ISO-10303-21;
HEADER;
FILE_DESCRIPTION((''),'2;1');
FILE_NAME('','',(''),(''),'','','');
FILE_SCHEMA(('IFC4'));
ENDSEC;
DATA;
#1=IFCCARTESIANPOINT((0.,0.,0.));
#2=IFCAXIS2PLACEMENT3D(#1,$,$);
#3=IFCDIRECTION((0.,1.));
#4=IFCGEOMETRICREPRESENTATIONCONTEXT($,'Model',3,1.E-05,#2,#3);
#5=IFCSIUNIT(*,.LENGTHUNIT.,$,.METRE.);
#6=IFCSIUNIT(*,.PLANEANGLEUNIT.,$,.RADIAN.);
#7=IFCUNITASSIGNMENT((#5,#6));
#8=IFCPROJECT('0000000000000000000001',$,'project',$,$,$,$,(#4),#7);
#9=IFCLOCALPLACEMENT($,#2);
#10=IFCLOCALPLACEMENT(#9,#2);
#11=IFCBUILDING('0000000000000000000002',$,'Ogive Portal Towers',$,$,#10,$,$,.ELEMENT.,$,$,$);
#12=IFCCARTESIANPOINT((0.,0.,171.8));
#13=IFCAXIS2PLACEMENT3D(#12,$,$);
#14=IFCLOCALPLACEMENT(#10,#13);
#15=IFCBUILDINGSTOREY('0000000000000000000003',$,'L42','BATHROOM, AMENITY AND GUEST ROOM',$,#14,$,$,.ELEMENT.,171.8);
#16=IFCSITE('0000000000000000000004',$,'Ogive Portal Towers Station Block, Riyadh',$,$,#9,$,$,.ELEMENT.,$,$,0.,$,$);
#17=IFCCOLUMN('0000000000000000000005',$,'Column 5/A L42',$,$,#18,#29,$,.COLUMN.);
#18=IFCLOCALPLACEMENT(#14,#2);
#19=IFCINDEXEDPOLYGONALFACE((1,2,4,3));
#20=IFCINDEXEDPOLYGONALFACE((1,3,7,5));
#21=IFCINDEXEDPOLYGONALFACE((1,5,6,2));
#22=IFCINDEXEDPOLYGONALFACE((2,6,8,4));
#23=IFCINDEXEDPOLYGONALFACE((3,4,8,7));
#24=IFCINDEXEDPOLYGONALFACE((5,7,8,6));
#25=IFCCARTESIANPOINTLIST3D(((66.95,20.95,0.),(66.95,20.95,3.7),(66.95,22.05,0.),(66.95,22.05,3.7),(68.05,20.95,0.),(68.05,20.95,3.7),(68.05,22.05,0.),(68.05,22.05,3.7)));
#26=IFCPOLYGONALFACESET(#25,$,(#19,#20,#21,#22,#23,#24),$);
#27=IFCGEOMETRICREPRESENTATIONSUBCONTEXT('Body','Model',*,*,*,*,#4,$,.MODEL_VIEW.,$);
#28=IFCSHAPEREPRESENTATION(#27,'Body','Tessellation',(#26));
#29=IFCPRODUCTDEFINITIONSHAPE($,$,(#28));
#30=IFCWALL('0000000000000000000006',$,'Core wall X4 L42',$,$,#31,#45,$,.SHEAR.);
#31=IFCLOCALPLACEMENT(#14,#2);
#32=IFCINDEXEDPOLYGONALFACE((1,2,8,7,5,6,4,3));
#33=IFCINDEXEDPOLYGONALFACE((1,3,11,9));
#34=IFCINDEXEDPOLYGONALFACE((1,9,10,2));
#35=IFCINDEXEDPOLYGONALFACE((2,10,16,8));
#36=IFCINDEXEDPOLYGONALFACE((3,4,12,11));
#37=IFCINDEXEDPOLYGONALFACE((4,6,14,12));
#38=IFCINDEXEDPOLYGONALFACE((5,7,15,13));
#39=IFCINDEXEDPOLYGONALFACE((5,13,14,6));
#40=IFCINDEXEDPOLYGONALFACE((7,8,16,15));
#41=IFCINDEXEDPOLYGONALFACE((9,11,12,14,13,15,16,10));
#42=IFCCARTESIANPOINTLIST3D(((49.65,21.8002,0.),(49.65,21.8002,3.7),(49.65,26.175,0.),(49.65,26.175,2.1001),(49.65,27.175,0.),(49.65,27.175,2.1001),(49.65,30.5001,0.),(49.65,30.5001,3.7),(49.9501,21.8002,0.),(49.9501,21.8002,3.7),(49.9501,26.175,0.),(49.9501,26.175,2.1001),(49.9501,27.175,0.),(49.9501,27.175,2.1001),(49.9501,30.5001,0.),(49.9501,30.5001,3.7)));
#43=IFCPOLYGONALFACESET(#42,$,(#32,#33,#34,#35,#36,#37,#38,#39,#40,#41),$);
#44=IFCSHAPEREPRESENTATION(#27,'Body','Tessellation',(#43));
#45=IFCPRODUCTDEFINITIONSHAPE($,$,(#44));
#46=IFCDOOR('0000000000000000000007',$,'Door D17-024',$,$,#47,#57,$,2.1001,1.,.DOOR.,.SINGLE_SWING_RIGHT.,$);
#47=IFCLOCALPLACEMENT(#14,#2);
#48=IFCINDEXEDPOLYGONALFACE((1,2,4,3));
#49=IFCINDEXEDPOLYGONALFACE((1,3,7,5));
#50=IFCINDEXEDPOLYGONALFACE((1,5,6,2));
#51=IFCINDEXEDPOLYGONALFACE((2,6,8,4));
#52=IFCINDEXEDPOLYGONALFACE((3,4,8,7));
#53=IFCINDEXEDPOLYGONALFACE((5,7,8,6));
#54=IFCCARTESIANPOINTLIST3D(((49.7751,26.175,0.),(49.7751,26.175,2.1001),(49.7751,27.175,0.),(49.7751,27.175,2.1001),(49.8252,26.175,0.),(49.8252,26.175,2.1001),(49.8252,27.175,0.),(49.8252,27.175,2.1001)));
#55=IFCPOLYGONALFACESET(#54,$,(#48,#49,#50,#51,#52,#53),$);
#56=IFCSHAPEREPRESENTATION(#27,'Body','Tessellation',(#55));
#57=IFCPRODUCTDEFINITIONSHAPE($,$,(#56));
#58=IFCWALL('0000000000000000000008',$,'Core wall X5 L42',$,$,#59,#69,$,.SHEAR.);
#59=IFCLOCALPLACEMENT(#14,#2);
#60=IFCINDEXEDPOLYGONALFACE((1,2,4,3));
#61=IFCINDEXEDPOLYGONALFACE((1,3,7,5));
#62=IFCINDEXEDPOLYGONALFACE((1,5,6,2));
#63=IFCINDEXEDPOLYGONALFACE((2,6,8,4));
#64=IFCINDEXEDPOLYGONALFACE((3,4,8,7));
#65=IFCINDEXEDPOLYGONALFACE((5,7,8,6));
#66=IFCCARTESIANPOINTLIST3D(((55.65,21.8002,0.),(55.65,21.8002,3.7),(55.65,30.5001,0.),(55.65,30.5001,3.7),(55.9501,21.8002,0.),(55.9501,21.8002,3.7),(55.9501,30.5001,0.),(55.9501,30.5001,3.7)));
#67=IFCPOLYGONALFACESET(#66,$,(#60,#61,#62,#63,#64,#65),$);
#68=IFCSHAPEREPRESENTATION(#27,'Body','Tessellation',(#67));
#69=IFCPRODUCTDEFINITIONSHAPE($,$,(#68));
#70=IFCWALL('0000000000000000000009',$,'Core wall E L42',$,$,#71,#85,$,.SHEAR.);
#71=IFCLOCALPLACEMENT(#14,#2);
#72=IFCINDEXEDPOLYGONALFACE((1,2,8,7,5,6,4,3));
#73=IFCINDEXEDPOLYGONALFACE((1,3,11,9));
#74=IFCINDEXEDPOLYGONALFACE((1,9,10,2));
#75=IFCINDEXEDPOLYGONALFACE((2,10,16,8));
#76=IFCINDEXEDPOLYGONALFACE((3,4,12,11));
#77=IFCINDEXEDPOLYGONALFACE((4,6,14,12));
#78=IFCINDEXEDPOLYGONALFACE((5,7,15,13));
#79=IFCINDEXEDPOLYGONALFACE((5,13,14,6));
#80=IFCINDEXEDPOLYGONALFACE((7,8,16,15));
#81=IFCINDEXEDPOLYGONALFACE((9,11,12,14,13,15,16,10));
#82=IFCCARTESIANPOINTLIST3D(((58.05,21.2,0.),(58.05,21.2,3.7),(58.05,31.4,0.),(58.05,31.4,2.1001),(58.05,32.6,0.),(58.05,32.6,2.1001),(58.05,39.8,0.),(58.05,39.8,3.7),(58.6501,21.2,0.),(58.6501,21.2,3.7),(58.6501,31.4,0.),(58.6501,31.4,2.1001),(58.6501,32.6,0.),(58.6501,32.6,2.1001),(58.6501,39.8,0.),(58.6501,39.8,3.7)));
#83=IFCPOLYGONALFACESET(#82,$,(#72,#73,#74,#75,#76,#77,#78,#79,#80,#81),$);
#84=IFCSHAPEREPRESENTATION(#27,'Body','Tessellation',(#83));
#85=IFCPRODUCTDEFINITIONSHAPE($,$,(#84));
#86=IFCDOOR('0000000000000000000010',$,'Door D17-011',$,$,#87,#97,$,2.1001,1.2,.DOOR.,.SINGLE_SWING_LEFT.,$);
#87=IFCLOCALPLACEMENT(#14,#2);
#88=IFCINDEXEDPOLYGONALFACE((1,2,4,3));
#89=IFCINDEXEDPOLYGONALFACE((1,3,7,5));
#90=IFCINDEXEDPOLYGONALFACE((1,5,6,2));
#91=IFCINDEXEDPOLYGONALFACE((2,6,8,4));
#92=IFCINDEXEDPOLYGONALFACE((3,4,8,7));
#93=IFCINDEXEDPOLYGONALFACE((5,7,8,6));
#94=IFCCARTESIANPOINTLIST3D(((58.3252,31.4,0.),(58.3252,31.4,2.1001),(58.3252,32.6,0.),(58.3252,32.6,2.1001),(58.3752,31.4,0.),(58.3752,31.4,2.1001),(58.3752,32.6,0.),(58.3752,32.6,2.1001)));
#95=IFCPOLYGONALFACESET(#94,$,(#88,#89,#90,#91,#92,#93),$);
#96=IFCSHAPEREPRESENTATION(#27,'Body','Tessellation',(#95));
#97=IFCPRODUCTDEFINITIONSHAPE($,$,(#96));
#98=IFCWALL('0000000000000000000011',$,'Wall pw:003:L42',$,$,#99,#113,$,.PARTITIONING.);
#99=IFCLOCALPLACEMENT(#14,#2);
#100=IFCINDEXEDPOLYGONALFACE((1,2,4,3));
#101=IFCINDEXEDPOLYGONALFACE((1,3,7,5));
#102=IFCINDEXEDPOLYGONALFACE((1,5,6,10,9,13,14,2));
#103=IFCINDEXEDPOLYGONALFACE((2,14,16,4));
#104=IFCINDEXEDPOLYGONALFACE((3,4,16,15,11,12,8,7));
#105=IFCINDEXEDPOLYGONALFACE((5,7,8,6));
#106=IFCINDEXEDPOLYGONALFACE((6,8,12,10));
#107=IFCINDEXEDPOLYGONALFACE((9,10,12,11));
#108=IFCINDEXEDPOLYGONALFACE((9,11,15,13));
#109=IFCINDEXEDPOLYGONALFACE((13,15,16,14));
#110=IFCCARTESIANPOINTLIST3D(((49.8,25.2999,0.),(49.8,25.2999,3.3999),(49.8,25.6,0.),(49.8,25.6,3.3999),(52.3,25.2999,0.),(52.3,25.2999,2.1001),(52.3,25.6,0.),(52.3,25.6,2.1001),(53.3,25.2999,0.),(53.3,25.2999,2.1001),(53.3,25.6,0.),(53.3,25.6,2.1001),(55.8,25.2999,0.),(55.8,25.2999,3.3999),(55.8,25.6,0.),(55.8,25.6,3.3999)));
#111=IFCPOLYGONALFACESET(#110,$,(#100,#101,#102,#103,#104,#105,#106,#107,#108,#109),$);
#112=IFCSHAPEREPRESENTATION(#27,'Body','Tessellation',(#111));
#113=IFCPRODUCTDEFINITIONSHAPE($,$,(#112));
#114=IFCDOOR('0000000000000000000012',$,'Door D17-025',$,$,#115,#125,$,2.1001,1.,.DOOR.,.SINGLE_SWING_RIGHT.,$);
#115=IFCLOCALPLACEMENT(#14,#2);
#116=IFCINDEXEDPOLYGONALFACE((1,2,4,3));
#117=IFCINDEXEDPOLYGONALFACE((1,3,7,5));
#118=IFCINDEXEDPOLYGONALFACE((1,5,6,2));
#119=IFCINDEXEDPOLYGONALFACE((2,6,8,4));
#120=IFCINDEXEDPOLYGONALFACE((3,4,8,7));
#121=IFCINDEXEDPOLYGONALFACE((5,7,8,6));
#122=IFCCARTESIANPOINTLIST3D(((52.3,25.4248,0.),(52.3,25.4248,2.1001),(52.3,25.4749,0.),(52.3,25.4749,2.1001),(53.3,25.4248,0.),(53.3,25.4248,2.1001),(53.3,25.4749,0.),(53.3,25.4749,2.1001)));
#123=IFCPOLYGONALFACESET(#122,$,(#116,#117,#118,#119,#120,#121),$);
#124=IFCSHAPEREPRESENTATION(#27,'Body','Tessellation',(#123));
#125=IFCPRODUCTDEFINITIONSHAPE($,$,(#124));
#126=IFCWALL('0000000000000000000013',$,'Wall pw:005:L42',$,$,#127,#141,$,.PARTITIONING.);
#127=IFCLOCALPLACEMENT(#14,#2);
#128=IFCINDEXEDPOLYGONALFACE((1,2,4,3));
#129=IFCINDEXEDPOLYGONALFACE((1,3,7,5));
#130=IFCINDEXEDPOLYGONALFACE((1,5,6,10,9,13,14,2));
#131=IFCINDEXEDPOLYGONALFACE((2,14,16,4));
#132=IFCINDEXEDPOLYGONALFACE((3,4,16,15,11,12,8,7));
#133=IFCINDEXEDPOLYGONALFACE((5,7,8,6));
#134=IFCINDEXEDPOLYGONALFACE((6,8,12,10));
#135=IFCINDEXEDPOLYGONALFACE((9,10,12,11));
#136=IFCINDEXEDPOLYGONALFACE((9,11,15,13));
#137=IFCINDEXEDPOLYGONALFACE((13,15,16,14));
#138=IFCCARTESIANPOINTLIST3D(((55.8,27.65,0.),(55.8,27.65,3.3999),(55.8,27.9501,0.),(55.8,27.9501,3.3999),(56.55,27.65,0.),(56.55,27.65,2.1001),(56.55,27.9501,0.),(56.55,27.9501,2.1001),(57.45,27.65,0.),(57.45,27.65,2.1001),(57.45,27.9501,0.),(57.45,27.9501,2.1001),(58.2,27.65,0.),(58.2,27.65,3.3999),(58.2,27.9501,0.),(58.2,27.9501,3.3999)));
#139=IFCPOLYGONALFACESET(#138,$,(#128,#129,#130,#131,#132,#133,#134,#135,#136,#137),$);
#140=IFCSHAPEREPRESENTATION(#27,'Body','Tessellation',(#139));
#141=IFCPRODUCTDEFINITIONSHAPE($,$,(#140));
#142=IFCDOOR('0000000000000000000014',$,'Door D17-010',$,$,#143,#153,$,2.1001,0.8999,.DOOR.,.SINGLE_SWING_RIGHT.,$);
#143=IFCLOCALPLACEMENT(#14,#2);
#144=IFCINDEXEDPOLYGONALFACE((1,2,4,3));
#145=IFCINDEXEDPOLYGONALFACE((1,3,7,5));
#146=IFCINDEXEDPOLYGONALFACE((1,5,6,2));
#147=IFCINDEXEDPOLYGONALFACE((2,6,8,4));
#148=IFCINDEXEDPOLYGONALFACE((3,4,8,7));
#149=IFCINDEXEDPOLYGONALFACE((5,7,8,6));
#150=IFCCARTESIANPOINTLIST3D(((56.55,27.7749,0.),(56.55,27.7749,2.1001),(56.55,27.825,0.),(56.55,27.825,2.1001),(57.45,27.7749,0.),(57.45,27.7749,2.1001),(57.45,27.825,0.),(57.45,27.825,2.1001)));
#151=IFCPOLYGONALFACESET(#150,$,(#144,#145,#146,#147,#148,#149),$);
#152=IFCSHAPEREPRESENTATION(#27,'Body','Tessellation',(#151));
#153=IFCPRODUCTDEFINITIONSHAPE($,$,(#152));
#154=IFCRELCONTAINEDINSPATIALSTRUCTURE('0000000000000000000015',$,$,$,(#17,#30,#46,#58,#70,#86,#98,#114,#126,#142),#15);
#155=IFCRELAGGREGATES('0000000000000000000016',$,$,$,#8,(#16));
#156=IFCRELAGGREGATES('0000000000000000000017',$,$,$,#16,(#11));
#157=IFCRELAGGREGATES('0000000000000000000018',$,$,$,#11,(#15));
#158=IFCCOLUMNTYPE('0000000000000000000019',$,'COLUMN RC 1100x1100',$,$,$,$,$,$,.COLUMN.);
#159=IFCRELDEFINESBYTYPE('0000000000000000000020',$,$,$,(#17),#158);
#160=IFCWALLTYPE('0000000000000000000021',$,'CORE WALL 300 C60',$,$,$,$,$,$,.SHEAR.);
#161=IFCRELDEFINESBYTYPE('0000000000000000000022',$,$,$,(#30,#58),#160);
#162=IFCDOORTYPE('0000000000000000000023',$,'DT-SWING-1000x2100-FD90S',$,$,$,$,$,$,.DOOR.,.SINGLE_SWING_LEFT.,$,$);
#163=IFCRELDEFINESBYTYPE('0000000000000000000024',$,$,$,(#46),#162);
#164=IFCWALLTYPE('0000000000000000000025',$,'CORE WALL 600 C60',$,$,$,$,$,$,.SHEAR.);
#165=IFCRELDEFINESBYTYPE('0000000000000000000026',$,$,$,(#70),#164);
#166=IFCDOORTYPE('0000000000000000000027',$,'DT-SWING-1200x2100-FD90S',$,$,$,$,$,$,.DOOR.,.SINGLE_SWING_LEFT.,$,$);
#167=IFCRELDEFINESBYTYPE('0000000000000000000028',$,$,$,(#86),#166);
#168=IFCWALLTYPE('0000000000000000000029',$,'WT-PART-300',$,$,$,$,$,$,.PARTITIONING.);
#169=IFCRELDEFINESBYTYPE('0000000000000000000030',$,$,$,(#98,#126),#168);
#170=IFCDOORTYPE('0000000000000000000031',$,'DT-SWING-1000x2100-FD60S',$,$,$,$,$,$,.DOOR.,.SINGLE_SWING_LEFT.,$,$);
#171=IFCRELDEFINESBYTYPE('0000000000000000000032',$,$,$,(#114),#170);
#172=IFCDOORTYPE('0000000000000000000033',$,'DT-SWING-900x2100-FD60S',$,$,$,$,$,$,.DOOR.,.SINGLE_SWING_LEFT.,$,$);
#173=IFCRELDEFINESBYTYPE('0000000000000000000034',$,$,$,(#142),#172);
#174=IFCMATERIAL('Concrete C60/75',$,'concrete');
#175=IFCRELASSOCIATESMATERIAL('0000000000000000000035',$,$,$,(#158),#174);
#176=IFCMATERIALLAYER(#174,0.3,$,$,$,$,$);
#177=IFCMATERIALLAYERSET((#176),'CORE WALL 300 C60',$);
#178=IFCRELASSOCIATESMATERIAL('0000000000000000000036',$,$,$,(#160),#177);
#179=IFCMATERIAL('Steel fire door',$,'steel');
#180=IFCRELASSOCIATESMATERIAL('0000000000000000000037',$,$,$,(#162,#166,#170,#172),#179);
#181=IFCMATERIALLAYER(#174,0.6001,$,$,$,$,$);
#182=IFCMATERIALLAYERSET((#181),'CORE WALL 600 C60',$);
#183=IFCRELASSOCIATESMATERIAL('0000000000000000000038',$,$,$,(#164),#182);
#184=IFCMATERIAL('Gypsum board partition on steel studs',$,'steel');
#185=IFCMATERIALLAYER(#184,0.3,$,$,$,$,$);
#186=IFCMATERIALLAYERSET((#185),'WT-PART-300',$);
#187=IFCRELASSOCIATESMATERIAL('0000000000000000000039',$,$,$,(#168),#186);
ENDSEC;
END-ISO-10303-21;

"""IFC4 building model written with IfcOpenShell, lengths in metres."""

from ifc_helpers import new_model, si_unit, direction, frame, frame_2d, origin, origin_2d, place, context, subcontext, project, spatial, rectangle, extrude, material, layer, layer_set, material_profile, profile_set, type_object, element, fill, save


model = new_model("IFC4")

# Units and contexts
model_context = context("Model", 3, precision=1e-05, world=origin(), true_north=direction((0.0, 1.0)))
body_context = subcontext(model_context, "Body", "Model", "MODEL_VIEW")
ifc_project = project(units=[si_unit("LENGTHUNIT", "METRE"), si_unit("PLANEANGLEUNIT", "RADIAN")], contexts=[model_context])

# Site, building, storey
site_placement = place(None, origin())
site = spatial("IfcSite", under=ifc_project, at=site_placement, Name="Ogive Portal Towers Station Block, Riyadh", CompositionType="ELEMENT", RefElevation=0.0)
building_placement = place(site_placement, origin())
building = spatial("IfcBuilding", under=site, at=building_placement, Name="Ogive Portal Towers", CompositionType="ELEMENT")
storey_placement = place(building_placement, frame((0.0, 0.0, 171.8)))
storey = spatial("IfcBuildingStorey", under=building, at=storey_placement, Name="L42", Description="BATHROOM, AMENITY AND GUEST ROOM", CompositionType="ELEMENT", Elevation=171.8)

# Column
ifc_material_1 = material(Name="Concrete C60/75", Category="concrete")
ifc_material_profile = material_profile(ifc_material_1, rectangle(XDim=1.1001, YDim=1.1001, at=origin_2d()), Name="RC 1100x1100")
ifc_profile_set = profile_set([ifc_material_profile], Name="Concrete C60/75")
column_type = type_object("IfcColumnType", Name="COLUMN RC 1100x1100", PredefinedType="COLUMN", material=ifc_profile_set)
column_placement = place(storey_placement, frame((67.5, 21.5, 0.0), z_axis=(0.0, 0.0, 1.0), x_axis=(1.0, 0.0, 0.0)))
element("IfcColumn", 1, at=column_placement, inside=storey, type_object=column_type, Name="Column 5/A L42", PredefinedType="COLUMN", context=body_context, shape_type="SweptSolid", body=[
    extrude(rectangle(XDim=1.1001, YDim=1.1001, at=origin_2d()), origin(), (0.0, 0.0, 1.0), 3.7),
])

# Wall, opening, door
ifc_layer_1 = layer(ifc_material_1, 0.3)
ifc_layer_set_1 = layer_set([ifc_layer_1], Name="CORE WALL 300 C60")
wall_type_1 = type_object("IfcWallType", Name="CORE WALL 300 C60", PredefinedType="SHEAR", material=ifc_layer_set_1)
wall_1_placement = place(storey_placement, frame((49.8, 21.8, 0.0), z_axis=(0.0, 0.0, 1.0), x_axis=(0.0, 1.0, 0.0)))
wall_1 = element("IfcWall", 2, at=wall_1_placement, inside=storey, type_object=wall_type_1, Name="Core wall X4 L42", PredefinedType="SHEAR", context=body_context, shape_type="SweptSolid", body=[
    extrude(rectangle(XDim=8.7, YDim=0.3, at=frame_2d((4.3501, 0.0))), origin(), (0.0, 0.0, 1.0), 3.7),
])
opening_1_placement = place(wall_1_placement, frame((4.375, 0.0, 0.0)))
opening_1 = element("IfcOpeningElement", 3, at=opening_1_placement, cuts=wall_1, PredefinedType="OPENING", context=body_context, shape_type="SweptSolid", body=[
    extrude(rectangle(XDim=1.0, YDim=2.1001, at=frame_2d((0.5, 1.05))), frame((0.0, 0.1602, 0.0), z_axis=(0.0, -1.0, 0.0), x_axis=(1.0, 0.0, 0.0)), (0.0, 0.0, 1.0), 0.3201),
])
ifc_material_2 = material(Name="Steel fire door", Category="steel")
door_type_1 = type_object("IfcDoorType", Name="DT-SWING-1000x2100-FD90S", OperationType="SINGLE_SWING_LEFT", PredefinedType="DOOR", material=ifc_material_2)
door_1_placement = place(opening_1_placement, origin())
door_1 = element("IfcDoor", 4, at=door_1_placement, inside=storey, type_object=door_type_1, Name="Door D17-024", OperationType="SINGLE_SWING_RIGHT", OverallHeight=2.1001, OverallWidth=1.0, PredefinedType="DOOR", context=body_context, shape_type="SweptSolid", body=[
    extrude(rectangle(XDim=1.0, YDim=2.1001, at=frame_2d((0.5, 1.05))), frame((0.0, 0.0249, 0.0), z_axis=(0.0, -1.0, 0.0), x_axis=(1.0, 0.0, 0.0)), (0.0, 0.0, 1.0), 0.05),
])
fill(opening_1, door_1)

# Wall
wall_2_placement = place(storey_placement, frame((55.8, 21.8, 0.0), z_axis=(0.0, 0.0, 1.0), x_axis=(0.0, 1.0, 0.0)))
element("IfcWall", 5, at=wall_2_placement, inside=storey, type_object=wall_type_1, Name="Core wall X5 L42", PredefinedType="SHEAR", context=body_context, shape_type="SweptSolid", body=[
    extrude(rectangle(XDim=8.7, YDim=0.3, at=frame_2d((4.3501, 0.0))), origin(), (0.0, 0.0, 1.0), 3.7),
])

# Walls, openings, doors
ifc_layer_2 = layer(ifc_material_1, 0.6001)
ifc_layer_set_2 = layer_set([ifc_layer_2], Name="CORE WALL 600 C60")
wall_type_2 = type_object("IfcWallType", Name="CORE WALL 600 C60", PredefinedType="SHEAR", material=ifc_layer_set_2)
wall_3_placement = place(storey_placement, frame((58.3501, 21.2, 0.0), z_axis=(0.0, 0.0, 1.0), x_axis=(0.0, 1.0, 0.0)))
wall_3 = element("IfcWall", 6, at=wall_3_placement, inside=storey, type_object=wall_type_2, Name="Core wall E L42", PredefinedType="SHEAR", context=body_context, shape_type="SweptSolid", body=[
    extrude(rectangle(XDim=18.6001, YDim=0.6001, at=frame_2d((9.3, 0.0))), origin(), (0.0, 0.0, 1.0), 3.7),
])
opening_2_placement = place(wall_3_placement, frame((10.2, 0.0, 0.0)))
opening_2 = element("IfcOpeningElement", 7, at=opening_2_placement, cuts=wall_3, PredefinedType="OPENING", context=body_context, shape_type="SweptSolid", body=[
    extrude(rectangle(XDim=1.2, YDim=2.1001, at=frame_2d((0.6001, 1.05))), frame((0.0, 0.3101, 0.0), z_axis=(0.0, -1.0, 0.0), x_axis=(1.0, 0.0, 0.0)), (0.0, 0.0, 1.0), 0.6201),
])
door_type_2 = type_object("IfcDoorType", Name="DT-SWING-1200x2100-FD90S", OperationType="SINGLE_SWING_LEFT", PredefinedType="DOOR", material=ifc_material_2)
door_2_placement = place(opening_2_placement, origin())
door_2 = element("IfcDoor", 8, at=door_2_placement, inside=storey, type_object=door_type_2, Name="Door D17-011", OperationType="SINGLE_SWING_LEFT", OverallHeight=2.1001, OverallWidth=1.2, PredefinedType="DOOR", context=body_context, shape_type="SweptSolid", body=[
    extrude(rectangle(XDim=1.2, YDim=2.1001, at=frame_2d((0.6001, 1.05))), frame((0.0, 0.0249, 0.0), z_axis=(0.0, -1.0, 0.0), x_axis=(1.0, 0.0, 0.0)), (0.0, 0.0, 1.0), 0.05),
])
fill(opening_2, door_2)
ifc_material_3 = material(Name="Gypsum board partition on steel studs", Category="steel")
ifc_layer_3 = layer(ifc_material_3, 0.3)
ifc_layer_set_3 = layer_set([ifc_layer_3], Name="WT-PART-300")
wall_type_3 = type_object("IfcWallType", Name="WT-PART-300", PredefinedType="PARTITIONING", material=ifc_layer_set_3)
wall_4_placement = place(storey_placement, frame((49.8, 25.45, 0.0), z_axis=(0.0, 0.0, 1.0), x_axis=(1.0, 0.0, 0.0)))
wall_4 = element("IfcWall", 9, at=wall_4_placement, inside=storey, type_object=wall_type_3, Name="Wall pw:003:L42", PredefinedType="PARTITIONING", context=body_context, shape_type="SweptSolid", body=[
    extrude(rectangle(XDim=6.0, YDim=0.3, at=frame_2d((3.0, 0.0))), origin(), (0.0, 0.0, 1.0), 3.3999),
])
opening_3_placement = place(wall_4_placement, frame((2.5, 0.0, 0.0)))
opening_3 = element("IfcOpeningElement", 10, at=opening_3_placement, cuts=wall_4, PredefinedType="OPENING", context=body_context, shape_type="SweptSolid", body=[
    extrude(rectangle(XDim=1.0, YDim=2.1001, at=frame_2d((0.5, 1.05))), frame((0.0, 0.1602, 0.0), z_axis=(0.0, -1.0, 0.0), x_axis=(1.0, 0.0, 0.0)), (0.0, 0.0, 1.0), 0.3201),
])
door_type_3 = type_object("IfcDoorType", Name="DT-SWING-1000x2100-FD60S", OperationType="SINGLE_SWING_LEFT", PredefinedType="DOOR", material=ifc_material_2)
door_3_placement = place(opening_3_placement, origin())
door_3 = element("IfcDoor", 11, at=door_3_placement, inside=storey, type_object=door_type_3, Name="Door D17-025", OperationType="SINGLE_SWING_RIGHT", OverallHeight=2.1001, OverallWidth=1.0, PredefinedType="DOOR", context=body_context, shape_type="SweptSolid", body=[
    extrude(rectangle(XDim=1.0, YDim=2.1001, at=frame_2d((0.5, 1.05))), frame((0.0, 0.0249, 0.0), z_axis=(0.0, -1.0, 0.0), x_axis=(1.0, 0.0, 0.0)), (0.0, 0.0, 1.0), 0.05),
])
fill(opening_3, door_3)
wall_5_placement = place(storey_placement, frame((55.8, 27.8, 0.0), z_axis=(0.0, 0.0, 1.0), x_axis=(1.0, 0.0, 0.0)))
wall_5 = element("IfcWall", 12, at=wall_5_placement, inside=storey, type_object=wall_type_3, Name="Wall pw:005:L42", PredefinedType="PARTITIONING", context=body_context, shape_type="SweptSolid", body=[
    extrude(rectangle(XDim=2.3999, YDim=0.3, at=frame_2d((1.2, 0.0))), origin(), (0.0, 0.0, 1.0), 3.3999),
])
opening_4_placement = place(wall_5_placement, frame((0.75, 0.0, 0.0)))
opening_4 = element("IfcOpeningElement", 13, at=opening_4_placement, cuts=wall_5, PredefinedType="OPENING", context=body_context, shape_type="SweptSolid", body=[
    extrude(rectangle(XDim=0.8999, YDim=2.1001, at=frame_2d((0.45, 1.05))), frame((0.0, 0.1602, 0.0), z_axis=(0.0, -1.0, 0.0), x_axis=(1.0, 0.0, 0.0)), (0.0, 0.0, 1.0), 0.3201),
])
door_type_4 = type_object("IfcDoorType", Name="DT-SWING-900x2100-FD60S", OperationType="SINGLE_SWING_LEFT", PredefinedType="DOOR", material=ifc_material_2)
door_4_placement = place(opening_4_placement, origin())
door_4 = element("IfcDoor", 14, at=door_4_placement, inside=storey, type_object=door_type_4, Name="Door D17-010", OperationType="SINGLE_SWING_RIGHT", OverallHeight=2.1001, OverallWidth=0.8999, PredefinedType="DOOR", context=body_context, shape_type="SweptSolid", body=[
    extrude(rectangle(XDim=0.8999, YDim=2.1001, at=frame_2d((0.45, 1.05))), frame((0.0, 0.0249, 0.0), z_axis=(0.0, -1.0, 0.0), x_axis=(1.0, 0.0, 0.0)), (0.0, 0.0, 1.0), 0.05),
])
fill(opening_4, door_4)

save(model, "model.ifc")
